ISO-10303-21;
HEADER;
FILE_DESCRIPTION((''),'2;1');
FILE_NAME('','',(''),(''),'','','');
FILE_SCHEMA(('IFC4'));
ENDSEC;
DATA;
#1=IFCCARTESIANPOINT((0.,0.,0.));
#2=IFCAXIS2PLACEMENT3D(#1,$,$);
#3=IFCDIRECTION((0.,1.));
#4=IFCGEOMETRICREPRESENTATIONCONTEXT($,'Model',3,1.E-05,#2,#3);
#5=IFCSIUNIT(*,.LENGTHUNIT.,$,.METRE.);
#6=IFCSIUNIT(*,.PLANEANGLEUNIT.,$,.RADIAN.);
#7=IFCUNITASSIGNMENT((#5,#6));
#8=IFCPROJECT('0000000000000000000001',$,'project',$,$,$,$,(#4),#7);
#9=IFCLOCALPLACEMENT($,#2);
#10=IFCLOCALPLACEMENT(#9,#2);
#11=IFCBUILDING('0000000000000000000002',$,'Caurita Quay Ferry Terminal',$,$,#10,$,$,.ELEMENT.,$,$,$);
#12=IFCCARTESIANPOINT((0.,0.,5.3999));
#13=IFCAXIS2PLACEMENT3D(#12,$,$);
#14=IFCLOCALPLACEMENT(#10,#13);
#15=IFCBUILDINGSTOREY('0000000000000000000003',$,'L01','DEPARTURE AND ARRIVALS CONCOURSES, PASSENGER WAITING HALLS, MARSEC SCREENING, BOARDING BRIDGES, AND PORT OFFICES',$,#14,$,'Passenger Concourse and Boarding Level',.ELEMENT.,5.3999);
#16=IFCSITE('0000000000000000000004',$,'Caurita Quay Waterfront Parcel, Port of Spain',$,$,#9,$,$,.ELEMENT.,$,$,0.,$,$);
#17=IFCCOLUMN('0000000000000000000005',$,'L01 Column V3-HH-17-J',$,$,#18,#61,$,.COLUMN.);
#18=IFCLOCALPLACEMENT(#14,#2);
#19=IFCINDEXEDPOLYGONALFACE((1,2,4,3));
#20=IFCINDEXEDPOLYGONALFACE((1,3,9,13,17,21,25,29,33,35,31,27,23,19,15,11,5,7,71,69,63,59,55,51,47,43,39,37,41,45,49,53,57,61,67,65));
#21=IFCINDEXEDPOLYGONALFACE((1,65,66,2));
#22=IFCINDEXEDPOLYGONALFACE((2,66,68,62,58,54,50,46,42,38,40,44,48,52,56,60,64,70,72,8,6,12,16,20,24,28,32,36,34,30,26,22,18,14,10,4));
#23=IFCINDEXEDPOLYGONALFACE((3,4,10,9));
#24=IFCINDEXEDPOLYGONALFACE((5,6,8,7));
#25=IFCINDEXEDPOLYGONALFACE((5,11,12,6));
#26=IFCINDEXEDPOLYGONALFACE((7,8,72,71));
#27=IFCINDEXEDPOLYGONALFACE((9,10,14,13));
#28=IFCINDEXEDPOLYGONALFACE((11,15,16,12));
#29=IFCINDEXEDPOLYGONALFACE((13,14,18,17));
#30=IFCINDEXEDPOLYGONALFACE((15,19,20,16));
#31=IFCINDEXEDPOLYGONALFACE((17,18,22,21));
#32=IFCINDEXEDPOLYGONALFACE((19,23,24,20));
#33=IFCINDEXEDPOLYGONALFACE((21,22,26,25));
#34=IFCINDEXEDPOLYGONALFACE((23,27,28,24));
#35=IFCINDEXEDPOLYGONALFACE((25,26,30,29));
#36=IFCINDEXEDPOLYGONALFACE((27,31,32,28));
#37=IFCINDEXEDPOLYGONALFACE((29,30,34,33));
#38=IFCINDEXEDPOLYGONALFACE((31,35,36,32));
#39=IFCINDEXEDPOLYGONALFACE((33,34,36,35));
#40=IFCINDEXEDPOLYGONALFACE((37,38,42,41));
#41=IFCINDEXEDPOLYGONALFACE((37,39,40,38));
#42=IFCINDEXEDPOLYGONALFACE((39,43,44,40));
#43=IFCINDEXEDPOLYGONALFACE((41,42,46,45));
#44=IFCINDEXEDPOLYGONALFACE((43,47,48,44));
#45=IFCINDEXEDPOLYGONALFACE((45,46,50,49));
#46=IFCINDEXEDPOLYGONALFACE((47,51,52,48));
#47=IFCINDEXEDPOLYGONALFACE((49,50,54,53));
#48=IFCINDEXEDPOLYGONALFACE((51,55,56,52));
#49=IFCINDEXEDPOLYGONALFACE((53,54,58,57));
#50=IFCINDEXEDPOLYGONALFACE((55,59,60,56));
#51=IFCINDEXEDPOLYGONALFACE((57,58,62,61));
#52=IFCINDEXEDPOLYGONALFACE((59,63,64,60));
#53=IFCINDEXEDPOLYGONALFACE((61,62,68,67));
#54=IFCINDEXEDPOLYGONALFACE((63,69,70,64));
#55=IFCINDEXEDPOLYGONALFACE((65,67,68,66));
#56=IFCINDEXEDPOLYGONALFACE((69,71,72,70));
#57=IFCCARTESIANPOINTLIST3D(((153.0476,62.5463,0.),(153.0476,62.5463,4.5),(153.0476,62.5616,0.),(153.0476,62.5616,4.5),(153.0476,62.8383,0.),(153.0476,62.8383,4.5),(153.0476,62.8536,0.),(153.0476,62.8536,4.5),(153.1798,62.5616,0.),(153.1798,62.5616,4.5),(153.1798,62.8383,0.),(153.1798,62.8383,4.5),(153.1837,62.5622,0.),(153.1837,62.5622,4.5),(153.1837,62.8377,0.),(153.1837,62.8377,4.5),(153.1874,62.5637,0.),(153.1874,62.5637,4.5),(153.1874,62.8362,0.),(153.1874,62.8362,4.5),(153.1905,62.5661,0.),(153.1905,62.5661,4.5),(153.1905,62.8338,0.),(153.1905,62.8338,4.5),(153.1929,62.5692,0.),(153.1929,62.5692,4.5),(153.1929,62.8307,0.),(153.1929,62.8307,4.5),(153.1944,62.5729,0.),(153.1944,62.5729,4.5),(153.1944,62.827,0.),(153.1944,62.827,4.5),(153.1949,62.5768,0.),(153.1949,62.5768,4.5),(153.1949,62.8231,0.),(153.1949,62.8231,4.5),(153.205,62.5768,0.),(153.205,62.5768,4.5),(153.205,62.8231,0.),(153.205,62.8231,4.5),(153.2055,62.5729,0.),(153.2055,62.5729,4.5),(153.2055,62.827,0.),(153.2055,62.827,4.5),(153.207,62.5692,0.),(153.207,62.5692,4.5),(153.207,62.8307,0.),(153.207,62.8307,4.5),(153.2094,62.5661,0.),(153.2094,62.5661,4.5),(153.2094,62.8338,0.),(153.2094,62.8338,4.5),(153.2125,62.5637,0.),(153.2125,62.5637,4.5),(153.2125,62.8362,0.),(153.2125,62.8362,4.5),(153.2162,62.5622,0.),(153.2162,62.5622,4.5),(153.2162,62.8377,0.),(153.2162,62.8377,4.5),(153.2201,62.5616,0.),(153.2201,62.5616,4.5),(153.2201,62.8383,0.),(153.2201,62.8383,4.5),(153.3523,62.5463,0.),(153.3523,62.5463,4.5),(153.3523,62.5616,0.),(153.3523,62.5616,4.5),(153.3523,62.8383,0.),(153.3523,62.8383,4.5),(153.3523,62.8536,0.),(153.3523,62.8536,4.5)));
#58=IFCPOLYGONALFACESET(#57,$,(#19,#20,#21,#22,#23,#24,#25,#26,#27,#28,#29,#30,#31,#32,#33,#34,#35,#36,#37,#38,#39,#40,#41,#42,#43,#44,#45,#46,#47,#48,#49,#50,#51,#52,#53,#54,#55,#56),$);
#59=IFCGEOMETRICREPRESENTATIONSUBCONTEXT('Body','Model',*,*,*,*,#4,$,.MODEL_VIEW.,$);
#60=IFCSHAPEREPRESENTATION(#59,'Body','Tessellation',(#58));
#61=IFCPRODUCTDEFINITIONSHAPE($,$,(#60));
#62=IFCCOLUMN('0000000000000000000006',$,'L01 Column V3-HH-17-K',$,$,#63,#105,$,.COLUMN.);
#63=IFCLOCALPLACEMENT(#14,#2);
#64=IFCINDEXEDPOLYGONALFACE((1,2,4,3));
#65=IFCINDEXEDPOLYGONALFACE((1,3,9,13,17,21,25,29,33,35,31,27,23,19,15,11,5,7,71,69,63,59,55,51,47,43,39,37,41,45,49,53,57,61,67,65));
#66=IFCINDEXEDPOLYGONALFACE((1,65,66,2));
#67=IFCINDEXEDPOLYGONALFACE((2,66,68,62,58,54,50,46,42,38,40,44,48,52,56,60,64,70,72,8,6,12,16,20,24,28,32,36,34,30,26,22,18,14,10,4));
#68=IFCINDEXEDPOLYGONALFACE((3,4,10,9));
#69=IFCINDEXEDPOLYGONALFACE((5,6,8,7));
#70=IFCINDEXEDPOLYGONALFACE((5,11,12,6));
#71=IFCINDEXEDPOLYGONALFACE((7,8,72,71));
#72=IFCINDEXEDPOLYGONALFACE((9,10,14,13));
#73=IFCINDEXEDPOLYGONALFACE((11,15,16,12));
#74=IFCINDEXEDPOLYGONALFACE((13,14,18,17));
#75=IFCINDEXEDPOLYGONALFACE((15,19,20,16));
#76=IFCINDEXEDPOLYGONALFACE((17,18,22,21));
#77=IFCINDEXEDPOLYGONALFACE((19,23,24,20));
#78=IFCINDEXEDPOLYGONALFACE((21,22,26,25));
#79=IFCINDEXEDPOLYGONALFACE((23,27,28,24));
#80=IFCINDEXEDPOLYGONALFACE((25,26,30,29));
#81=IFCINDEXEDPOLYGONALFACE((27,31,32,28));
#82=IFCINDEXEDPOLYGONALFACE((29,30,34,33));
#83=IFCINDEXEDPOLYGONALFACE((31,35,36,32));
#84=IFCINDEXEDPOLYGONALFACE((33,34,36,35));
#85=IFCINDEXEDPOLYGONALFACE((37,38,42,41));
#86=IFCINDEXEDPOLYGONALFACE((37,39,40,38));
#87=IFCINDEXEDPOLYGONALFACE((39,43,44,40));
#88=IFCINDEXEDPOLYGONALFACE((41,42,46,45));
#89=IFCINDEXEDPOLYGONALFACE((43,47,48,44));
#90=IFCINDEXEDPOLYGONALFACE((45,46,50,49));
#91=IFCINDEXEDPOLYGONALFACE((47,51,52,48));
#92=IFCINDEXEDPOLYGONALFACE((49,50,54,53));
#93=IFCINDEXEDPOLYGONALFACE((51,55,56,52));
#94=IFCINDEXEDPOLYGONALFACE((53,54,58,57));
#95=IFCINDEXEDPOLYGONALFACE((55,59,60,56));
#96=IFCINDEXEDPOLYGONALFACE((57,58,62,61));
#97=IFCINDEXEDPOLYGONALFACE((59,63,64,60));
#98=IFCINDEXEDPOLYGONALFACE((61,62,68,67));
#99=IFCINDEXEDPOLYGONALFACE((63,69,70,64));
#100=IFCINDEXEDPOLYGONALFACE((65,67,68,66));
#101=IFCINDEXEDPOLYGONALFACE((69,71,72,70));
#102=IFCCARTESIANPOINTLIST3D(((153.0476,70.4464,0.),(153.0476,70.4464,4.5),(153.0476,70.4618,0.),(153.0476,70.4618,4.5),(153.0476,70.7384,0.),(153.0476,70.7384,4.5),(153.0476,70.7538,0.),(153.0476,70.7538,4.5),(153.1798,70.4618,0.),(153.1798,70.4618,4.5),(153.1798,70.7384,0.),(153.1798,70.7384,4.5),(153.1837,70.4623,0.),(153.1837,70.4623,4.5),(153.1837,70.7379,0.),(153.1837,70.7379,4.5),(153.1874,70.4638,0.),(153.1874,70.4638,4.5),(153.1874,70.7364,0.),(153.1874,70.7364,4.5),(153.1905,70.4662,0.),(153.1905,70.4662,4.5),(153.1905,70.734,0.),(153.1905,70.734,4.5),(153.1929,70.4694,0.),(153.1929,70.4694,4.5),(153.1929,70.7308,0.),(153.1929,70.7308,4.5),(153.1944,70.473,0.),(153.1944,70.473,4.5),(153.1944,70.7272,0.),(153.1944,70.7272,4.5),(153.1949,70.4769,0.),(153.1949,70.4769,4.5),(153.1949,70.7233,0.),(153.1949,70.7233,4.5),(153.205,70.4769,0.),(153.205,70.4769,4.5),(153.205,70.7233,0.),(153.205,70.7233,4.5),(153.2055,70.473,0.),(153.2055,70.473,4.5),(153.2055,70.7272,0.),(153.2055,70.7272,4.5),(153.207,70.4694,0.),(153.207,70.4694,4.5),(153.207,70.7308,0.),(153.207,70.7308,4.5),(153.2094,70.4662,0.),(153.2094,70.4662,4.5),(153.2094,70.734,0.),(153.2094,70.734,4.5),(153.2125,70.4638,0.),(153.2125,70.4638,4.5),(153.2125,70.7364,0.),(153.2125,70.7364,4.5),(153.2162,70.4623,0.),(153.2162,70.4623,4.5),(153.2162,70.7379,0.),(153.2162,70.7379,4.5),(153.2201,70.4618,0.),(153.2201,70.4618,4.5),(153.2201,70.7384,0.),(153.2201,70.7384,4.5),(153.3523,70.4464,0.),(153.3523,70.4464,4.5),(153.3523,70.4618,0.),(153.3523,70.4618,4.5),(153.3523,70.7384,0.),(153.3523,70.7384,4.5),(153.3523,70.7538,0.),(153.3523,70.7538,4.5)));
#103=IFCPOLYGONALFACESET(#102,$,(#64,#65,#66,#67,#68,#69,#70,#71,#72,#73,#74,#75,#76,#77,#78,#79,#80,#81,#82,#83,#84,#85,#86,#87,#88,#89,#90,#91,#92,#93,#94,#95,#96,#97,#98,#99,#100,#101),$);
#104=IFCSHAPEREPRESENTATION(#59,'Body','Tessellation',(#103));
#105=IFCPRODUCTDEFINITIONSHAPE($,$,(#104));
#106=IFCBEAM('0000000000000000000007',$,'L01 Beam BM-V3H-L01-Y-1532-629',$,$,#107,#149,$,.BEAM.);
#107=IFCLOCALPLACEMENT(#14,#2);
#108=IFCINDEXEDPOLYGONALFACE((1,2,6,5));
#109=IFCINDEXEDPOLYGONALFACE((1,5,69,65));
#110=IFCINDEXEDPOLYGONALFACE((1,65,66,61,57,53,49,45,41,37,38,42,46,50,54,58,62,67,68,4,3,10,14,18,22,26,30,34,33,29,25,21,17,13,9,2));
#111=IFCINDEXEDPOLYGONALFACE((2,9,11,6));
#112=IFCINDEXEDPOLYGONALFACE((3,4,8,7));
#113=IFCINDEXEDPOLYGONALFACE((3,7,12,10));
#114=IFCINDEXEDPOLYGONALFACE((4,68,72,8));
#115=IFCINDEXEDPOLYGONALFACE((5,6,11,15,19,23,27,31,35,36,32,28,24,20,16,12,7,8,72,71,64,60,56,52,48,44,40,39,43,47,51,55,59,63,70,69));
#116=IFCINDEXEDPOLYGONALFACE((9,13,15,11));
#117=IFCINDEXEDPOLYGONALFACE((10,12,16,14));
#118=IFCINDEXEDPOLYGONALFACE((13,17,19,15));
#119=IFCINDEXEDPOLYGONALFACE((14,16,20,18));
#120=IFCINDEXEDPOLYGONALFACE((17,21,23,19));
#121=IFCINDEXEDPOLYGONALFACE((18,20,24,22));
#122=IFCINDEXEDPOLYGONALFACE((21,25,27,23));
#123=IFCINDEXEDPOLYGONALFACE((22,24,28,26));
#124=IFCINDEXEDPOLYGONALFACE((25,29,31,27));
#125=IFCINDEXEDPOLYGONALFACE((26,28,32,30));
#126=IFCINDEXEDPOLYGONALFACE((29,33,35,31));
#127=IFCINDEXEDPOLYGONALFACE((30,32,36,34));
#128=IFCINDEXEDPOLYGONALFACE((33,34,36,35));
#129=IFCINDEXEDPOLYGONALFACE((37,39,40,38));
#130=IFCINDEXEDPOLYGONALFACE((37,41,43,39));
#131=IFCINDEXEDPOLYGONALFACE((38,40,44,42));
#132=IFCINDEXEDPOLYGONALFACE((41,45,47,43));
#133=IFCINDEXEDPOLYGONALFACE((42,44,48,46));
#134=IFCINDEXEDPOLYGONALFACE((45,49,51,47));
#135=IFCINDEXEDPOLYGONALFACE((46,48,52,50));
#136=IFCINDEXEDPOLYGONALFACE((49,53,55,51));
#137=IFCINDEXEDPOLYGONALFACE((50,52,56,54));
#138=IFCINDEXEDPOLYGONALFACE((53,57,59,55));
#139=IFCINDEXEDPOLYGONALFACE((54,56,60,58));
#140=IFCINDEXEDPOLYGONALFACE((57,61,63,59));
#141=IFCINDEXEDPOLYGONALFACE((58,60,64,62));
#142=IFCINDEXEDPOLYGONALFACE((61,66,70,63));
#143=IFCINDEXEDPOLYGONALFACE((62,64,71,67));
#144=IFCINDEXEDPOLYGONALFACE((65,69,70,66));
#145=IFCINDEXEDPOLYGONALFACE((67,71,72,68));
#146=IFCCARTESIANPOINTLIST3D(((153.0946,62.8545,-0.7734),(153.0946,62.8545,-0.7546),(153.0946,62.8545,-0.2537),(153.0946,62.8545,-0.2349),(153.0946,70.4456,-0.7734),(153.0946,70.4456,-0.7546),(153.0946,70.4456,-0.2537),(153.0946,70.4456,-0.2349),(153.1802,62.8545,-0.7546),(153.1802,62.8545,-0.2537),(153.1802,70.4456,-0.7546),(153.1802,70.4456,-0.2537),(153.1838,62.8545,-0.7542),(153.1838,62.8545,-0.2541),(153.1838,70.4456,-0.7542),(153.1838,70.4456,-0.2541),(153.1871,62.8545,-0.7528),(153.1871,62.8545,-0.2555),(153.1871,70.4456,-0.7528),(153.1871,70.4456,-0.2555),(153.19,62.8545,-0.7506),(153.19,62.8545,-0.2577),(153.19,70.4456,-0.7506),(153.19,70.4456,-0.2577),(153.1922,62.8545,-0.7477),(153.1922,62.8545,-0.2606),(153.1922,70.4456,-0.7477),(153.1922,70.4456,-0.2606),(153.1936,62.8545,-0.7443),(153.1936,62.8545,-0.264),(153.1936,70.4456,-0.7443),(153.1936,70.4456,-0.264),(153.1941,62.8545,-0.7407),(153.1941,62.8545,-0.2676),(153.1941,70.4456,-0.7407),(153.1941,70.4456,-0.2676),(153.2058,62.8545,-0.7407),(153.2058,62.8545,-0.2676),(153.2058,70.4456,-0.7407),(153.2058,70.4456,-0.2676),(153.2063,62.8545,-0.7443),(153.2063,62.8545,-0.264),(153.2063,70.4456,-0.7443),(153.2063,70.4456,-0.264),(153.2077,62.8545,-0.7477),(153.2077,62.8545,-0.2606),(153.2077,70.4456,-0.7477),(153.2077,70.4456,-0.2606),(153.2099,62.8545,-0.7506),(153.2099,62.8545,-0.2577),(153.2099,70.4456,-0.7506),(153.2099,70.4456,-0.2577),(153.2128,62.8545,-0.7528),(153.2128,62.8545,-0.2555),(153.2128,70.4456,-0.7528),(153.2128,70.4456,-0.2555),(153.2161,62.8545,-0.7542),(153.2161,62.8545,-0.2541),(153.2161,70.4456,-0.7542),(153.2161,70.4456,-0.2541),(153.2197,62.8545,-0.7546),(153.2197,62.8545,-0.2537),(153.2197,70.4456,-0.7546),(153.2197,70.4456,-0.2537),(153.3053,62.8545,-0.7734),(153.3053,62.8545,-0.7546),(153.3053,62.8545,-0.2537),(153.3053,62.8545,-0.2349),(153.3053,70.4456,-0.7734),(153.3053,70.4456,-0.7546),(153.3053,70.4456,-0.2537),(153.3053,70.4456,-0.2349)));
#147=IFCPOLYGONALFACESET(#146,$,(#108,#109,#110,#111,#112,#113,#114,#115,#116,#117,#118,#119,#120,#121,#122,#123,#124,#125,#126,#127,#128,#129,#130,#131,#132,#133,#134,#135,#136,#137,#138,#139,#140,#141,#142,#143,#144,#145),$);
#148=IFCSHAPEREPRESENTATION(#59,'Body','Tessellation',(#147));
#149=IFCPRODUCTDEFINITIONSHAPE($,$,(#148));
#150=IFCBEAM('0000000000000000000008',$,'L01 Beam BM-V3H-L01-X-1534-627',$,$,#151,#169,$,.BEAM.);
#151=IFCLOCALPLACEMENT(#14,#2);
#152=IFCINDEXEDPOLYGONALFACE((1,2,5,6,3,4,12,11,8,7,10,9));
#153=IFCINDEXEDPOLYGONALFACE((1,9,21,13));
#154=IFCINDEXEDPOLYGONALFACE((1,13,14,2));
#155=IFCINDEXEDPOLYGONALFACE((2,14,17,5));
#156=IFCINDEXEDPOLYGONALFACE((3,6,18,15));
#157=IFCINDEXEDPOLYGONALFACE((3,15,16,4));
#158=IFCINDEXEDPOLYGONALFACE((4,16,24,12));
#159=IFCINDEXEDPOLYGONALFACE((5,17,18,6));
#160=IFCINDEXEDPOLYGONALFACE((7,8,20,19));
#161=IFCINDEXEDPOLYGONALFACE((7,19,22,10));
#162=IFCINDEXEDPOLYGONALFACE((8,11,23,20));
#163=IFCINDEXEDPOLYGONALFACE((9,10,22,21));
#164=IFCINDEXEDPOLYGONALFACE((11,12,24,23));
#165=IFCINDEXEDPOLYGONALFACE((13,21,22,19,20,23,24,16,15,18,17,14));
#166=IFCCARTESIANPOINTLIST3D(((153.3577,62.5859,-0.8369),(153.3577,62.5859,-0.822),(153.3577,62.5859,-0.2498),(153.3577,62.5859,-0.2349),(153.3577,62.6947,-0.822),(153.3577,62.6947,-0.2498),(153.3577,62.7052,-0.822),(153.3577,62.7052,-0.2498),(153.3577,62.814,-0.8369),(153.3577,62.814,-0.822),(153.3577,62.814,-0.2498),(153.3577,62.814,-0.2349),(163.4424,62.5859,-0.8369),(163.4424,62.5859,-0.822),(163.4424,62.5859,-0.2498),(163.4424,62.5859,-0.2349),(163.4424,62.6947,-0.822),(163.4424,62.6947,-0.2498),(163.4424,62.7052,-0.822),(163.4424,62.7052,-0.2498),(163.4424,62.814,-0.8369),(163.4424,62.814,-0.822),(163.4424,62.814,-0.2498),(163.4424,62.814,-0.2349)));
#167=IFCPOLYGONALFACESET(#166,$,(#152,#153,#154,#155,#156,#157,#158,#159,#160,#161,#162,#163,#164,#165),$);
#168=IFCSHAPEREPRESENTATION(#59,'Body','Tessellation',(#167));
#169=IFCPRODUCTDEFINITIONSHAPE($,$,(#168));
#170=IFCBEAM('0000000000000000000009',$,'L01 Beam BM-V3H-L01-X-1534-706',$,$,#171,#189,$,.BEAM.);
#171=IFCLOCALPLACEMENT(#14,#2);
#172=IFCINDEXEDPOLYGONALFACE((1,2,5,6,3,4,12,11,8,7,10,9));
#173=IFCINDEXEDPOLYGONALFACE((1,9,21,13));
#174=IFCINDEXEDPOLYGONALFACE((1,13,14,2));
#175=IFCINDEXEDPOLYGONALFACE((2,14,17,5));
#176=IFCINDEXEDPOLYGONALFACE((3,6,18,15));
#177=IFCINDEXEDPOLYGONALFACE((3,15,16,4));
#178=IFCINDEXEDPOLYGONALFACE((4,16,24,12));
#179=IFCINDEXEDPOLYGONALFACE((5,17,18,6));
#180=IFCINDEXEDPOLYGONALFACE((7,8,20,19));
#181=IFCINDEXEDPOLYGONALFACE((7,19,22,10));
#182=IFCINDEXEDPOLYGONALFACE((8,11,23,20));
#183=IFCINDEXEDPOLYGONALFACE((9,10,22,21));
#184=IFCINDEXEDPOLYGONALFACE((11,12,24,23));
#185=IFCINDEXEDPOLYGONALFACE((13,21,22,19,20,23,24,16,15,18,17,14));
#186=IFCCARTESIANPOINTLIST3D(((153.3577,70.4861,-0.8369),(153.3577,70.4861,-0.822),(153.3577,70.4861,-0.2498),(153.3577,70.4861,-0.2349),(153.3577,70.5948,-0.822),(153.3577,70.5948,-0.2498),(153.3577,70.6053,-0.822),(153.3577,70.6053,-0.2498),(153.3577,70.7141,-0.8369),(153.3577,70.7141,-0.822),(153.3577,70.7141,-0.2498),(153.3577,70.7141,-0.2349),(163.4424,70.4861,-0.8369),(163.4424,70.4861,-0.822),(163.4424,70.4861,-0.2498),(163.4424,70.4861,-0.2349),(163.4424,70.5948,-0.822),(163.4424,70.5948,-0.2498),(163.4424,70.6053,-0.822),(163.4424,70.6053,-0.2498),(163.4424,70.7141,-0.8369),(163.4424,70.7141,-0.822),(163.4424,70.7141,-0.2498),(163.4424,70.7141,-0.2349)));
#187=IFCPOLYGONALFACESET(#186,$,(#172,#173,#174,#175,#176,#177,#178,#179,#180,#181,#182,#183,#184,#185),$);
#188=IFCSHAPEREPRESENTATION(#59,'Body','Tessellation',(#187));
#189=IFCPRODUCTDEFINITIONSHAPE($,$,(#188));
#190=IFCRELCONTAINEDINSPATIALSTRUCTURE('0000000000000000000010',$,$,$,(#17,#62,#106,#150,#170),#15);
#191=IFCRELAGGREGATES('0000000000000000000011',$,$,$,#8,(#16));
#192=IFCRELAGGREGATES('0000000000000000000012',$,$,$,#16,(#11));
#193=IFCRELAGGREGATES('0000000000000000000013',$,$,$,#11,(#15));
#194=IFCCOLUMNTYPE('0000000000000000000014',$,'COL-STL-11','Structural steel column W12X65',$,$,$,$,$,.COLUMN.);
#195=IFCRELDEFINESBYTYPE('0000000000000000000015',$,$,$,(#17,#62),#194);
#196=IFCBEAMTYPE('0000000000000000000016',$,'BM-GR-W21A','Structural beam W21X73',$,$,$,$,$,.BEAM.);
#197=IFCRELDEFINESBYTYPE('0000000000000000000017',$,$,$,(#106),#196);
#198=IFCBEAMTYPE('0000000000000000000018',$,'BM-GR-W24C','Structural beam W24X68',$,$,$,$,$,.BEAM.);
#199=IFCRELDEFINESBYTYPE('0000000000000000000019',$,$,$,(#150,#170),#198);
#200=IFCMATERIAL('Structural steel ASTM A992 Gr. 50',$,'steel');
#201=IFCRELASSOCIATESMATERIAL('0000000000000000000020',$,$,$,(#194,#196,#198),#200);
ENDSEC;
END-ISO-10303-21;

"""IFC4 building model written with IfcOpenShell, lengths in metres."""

from ifc_helpers import new_model, si_unit, direction, frame, origin, origin_2d, place, context, subcontext, project, spatial, i_section, extrude, material, material_profile, profile_set, type_object, element, save


model = new_model("IFC4")

# Units and contexts
model_context = context("Model", 3, precision=1e-05, world=origin(), true_north=direction((0.0, 1.0)))
body_context = subcontext(model_context, "Body", "Model", "MODEL_VIEW")
ifc_project = project(units=[si_unit("LENGTHUNIT", "METRE"), si_unit("PLANEANGLEUNIT", "RADIAN")], contexts=[model_context])

# Site, building, storey
site_placement = place(None, origin())
site = spatial("IfcSite", under=ifc_project, at=site_placement, Name="Caurita Quay Waterfront Parcel, Port of Spain", CompositionType="ELEMENT", RefElevation=0.0)
building_placement = place(site_placement, origin())
building = spatial("IfcBuilding", under=site, at=building_placement, Name="Caurita Quay Ferry Terminal", CompositionType="ELEMENT")
storey_placement = place(building_placement, frame((0.0, 0.0, 5.3999)))
storey = spatial("IfcBuildingStorey", under=building, at=storey_placement, Name="L01", Description="DEPARTURE AND ARRIVALS CONCOURSES, PASSENGER WAITING HALLS, MARSEC SCREENING, BOARDING BRIDGES, AND PORT OFFICES", LongName="Passenger Concourse and Boarding Level", CompositionType="ELEMENT", Elevation=5.3999)

# Columns
ifc_material_1 = material(Name="Structural steel ASTM A992 Gr. 50", Category="steel")
ifc_material_profile_1 = material_profile(ifc_material_1, i_section(OverallWidth=0.3047, OverallDepth=0.3074, WebThickness=0.01, FlangeThickness=0.0154, FilletRadius=0.0151, at=origin_2d()), Name="W12X65")
ifc_profile_set_1 = profile_set([ifc_material_profile_1], Name="Structural steel ASTM A992 Gr. 50")
column_type = type_object("IfcColumnType", Name="COL-STL-11", Description="Structural steel column W12X65", PredefinedType="COLUMN", material=ifc_profile_set_1)
for number, where, z_axis, x_axis, name in (
    (1, (153.2, 62.7, 0.0), (0.0, 0.0, 1.0), (1.0, 0.0, 0.0), "L01 Column V3-HH-17-J"),
    (2, (153.2, 70.6001, 0.0), (0.0, 0.0, 1.0), (1.0, 0.0, 0.0), "L01 Column V3-HH-17-K"),
):
    element("IfcColumn", number, at=place(storey_placement, frame(where, z_axis=z_axis, x_axis=x_axis)), inside=storey, type_object=column_type, Name=name, PredefinedType="COLUMN", context=body_context, shape_type="SweptSolid", body=[
        extrude(i_section(OverallWidth=0.3047, OverallDepth=0.3074, WebThickness=0.01, FlangeThickness=0.0154, FilletRadius=0.0151, at=origin_2d()), origin(), (0.0, 0.0, 1.0), 4.5),
    ])

# Beams
ifc_material_profile_2 = material_profile(ifc_material_1, i_section(OverallWidth=0.2107, OverallDepth=0.5386, WebThickness=0.0117, FlangeThickness=0.0188, FilletRadius=0.0139, at=origin_2d()), Name="W21X73")
ifc_profile_set_2 = profile_set([ifc_material_profile_2], Name="Structural steel ASTM A992 Gr. 50")
beam_type_1 = type_object("IfcBeamType", Name="BM-GR-W21A", Description="Structural beam W21X73", PredefinedType="BEAM", material=ifc_profile_set_2)
beam_1_placement = place(storey_placement, frame((153.2, 62.8545, -0.5042), z_axis=(0.0, 1.0, 0.0), x_axis=(-1.0, 0.0, 0.0)))
element("IfcBeam", 3, at=beam_1_placement, inside=storey, type_object=beam_type_1, Name="L01 Beam BM-V3H-L01-Y-1532-629", PredefinedType="BEAM", context=body_context, shape_type="SweptSolid", body=[
    extrude(i_section(OverallWidth=0.2107, OverallDepth=0.5386, WebThickness=0.0117, FlangeThickness=0.0188, FilletRadius=0.0139, at=origin_2d()), origin(), (0.0, 0.0, 1.0), 7.5911),
])
ifc_material_profile_3 = material_profile(ifc_material_1, i_section(OverallWidth=0.228, OverallDepth=0.6021, WebThickness=0.0105, FlangeThickness=0.0149, at=origin_2d()), Name="W24X68")
ifc_profile_set_3 = profile_set([ifc_material_profile_3], Name="Structural steel ASTM A992 Gr. 50")
beam_type_2 = type_object("IfcBeamType", Name="BM-GR-W24C", Description="Structural beam W24X68", PredefinedType="BEAM", material=ifc_profile_set_3)
for number, where, z_axis, x_axis, name in (
    (4, (153.3577, 62.7, -0.5359), (1.0, 0.0, 0.0), (0.0, 1.0, 0.0), "L01 Beam BM-V3H-L01-X-1534-627"),
    (5, (153.3577, 70.6001, -0.5359), (1.0, 0.0, 0.0), (0.0, 1.0, 0.0), "L01 Beam BM-V3H-L01-X-1534-706"),
):
    element("IfcBeam", number, at=place(storey_placement, frame(where, z_axis=z_axis, x_axis=x_axis)), inside=storey, type_object=beam_type_2, Name=name, PredefinedType="BEAM", context=body_context, shape_type="SweptSolid", body=[
        extrude(i_section(OverallWidth=0.228, OverallDepth=0.6021, WebThickness=0.0105, FlangeThickness=0.0149, at=origin_2d()), origin(), (0.0, 0.0, 1.0), 10.0847),
    ])

save(model, "model.ifc")
